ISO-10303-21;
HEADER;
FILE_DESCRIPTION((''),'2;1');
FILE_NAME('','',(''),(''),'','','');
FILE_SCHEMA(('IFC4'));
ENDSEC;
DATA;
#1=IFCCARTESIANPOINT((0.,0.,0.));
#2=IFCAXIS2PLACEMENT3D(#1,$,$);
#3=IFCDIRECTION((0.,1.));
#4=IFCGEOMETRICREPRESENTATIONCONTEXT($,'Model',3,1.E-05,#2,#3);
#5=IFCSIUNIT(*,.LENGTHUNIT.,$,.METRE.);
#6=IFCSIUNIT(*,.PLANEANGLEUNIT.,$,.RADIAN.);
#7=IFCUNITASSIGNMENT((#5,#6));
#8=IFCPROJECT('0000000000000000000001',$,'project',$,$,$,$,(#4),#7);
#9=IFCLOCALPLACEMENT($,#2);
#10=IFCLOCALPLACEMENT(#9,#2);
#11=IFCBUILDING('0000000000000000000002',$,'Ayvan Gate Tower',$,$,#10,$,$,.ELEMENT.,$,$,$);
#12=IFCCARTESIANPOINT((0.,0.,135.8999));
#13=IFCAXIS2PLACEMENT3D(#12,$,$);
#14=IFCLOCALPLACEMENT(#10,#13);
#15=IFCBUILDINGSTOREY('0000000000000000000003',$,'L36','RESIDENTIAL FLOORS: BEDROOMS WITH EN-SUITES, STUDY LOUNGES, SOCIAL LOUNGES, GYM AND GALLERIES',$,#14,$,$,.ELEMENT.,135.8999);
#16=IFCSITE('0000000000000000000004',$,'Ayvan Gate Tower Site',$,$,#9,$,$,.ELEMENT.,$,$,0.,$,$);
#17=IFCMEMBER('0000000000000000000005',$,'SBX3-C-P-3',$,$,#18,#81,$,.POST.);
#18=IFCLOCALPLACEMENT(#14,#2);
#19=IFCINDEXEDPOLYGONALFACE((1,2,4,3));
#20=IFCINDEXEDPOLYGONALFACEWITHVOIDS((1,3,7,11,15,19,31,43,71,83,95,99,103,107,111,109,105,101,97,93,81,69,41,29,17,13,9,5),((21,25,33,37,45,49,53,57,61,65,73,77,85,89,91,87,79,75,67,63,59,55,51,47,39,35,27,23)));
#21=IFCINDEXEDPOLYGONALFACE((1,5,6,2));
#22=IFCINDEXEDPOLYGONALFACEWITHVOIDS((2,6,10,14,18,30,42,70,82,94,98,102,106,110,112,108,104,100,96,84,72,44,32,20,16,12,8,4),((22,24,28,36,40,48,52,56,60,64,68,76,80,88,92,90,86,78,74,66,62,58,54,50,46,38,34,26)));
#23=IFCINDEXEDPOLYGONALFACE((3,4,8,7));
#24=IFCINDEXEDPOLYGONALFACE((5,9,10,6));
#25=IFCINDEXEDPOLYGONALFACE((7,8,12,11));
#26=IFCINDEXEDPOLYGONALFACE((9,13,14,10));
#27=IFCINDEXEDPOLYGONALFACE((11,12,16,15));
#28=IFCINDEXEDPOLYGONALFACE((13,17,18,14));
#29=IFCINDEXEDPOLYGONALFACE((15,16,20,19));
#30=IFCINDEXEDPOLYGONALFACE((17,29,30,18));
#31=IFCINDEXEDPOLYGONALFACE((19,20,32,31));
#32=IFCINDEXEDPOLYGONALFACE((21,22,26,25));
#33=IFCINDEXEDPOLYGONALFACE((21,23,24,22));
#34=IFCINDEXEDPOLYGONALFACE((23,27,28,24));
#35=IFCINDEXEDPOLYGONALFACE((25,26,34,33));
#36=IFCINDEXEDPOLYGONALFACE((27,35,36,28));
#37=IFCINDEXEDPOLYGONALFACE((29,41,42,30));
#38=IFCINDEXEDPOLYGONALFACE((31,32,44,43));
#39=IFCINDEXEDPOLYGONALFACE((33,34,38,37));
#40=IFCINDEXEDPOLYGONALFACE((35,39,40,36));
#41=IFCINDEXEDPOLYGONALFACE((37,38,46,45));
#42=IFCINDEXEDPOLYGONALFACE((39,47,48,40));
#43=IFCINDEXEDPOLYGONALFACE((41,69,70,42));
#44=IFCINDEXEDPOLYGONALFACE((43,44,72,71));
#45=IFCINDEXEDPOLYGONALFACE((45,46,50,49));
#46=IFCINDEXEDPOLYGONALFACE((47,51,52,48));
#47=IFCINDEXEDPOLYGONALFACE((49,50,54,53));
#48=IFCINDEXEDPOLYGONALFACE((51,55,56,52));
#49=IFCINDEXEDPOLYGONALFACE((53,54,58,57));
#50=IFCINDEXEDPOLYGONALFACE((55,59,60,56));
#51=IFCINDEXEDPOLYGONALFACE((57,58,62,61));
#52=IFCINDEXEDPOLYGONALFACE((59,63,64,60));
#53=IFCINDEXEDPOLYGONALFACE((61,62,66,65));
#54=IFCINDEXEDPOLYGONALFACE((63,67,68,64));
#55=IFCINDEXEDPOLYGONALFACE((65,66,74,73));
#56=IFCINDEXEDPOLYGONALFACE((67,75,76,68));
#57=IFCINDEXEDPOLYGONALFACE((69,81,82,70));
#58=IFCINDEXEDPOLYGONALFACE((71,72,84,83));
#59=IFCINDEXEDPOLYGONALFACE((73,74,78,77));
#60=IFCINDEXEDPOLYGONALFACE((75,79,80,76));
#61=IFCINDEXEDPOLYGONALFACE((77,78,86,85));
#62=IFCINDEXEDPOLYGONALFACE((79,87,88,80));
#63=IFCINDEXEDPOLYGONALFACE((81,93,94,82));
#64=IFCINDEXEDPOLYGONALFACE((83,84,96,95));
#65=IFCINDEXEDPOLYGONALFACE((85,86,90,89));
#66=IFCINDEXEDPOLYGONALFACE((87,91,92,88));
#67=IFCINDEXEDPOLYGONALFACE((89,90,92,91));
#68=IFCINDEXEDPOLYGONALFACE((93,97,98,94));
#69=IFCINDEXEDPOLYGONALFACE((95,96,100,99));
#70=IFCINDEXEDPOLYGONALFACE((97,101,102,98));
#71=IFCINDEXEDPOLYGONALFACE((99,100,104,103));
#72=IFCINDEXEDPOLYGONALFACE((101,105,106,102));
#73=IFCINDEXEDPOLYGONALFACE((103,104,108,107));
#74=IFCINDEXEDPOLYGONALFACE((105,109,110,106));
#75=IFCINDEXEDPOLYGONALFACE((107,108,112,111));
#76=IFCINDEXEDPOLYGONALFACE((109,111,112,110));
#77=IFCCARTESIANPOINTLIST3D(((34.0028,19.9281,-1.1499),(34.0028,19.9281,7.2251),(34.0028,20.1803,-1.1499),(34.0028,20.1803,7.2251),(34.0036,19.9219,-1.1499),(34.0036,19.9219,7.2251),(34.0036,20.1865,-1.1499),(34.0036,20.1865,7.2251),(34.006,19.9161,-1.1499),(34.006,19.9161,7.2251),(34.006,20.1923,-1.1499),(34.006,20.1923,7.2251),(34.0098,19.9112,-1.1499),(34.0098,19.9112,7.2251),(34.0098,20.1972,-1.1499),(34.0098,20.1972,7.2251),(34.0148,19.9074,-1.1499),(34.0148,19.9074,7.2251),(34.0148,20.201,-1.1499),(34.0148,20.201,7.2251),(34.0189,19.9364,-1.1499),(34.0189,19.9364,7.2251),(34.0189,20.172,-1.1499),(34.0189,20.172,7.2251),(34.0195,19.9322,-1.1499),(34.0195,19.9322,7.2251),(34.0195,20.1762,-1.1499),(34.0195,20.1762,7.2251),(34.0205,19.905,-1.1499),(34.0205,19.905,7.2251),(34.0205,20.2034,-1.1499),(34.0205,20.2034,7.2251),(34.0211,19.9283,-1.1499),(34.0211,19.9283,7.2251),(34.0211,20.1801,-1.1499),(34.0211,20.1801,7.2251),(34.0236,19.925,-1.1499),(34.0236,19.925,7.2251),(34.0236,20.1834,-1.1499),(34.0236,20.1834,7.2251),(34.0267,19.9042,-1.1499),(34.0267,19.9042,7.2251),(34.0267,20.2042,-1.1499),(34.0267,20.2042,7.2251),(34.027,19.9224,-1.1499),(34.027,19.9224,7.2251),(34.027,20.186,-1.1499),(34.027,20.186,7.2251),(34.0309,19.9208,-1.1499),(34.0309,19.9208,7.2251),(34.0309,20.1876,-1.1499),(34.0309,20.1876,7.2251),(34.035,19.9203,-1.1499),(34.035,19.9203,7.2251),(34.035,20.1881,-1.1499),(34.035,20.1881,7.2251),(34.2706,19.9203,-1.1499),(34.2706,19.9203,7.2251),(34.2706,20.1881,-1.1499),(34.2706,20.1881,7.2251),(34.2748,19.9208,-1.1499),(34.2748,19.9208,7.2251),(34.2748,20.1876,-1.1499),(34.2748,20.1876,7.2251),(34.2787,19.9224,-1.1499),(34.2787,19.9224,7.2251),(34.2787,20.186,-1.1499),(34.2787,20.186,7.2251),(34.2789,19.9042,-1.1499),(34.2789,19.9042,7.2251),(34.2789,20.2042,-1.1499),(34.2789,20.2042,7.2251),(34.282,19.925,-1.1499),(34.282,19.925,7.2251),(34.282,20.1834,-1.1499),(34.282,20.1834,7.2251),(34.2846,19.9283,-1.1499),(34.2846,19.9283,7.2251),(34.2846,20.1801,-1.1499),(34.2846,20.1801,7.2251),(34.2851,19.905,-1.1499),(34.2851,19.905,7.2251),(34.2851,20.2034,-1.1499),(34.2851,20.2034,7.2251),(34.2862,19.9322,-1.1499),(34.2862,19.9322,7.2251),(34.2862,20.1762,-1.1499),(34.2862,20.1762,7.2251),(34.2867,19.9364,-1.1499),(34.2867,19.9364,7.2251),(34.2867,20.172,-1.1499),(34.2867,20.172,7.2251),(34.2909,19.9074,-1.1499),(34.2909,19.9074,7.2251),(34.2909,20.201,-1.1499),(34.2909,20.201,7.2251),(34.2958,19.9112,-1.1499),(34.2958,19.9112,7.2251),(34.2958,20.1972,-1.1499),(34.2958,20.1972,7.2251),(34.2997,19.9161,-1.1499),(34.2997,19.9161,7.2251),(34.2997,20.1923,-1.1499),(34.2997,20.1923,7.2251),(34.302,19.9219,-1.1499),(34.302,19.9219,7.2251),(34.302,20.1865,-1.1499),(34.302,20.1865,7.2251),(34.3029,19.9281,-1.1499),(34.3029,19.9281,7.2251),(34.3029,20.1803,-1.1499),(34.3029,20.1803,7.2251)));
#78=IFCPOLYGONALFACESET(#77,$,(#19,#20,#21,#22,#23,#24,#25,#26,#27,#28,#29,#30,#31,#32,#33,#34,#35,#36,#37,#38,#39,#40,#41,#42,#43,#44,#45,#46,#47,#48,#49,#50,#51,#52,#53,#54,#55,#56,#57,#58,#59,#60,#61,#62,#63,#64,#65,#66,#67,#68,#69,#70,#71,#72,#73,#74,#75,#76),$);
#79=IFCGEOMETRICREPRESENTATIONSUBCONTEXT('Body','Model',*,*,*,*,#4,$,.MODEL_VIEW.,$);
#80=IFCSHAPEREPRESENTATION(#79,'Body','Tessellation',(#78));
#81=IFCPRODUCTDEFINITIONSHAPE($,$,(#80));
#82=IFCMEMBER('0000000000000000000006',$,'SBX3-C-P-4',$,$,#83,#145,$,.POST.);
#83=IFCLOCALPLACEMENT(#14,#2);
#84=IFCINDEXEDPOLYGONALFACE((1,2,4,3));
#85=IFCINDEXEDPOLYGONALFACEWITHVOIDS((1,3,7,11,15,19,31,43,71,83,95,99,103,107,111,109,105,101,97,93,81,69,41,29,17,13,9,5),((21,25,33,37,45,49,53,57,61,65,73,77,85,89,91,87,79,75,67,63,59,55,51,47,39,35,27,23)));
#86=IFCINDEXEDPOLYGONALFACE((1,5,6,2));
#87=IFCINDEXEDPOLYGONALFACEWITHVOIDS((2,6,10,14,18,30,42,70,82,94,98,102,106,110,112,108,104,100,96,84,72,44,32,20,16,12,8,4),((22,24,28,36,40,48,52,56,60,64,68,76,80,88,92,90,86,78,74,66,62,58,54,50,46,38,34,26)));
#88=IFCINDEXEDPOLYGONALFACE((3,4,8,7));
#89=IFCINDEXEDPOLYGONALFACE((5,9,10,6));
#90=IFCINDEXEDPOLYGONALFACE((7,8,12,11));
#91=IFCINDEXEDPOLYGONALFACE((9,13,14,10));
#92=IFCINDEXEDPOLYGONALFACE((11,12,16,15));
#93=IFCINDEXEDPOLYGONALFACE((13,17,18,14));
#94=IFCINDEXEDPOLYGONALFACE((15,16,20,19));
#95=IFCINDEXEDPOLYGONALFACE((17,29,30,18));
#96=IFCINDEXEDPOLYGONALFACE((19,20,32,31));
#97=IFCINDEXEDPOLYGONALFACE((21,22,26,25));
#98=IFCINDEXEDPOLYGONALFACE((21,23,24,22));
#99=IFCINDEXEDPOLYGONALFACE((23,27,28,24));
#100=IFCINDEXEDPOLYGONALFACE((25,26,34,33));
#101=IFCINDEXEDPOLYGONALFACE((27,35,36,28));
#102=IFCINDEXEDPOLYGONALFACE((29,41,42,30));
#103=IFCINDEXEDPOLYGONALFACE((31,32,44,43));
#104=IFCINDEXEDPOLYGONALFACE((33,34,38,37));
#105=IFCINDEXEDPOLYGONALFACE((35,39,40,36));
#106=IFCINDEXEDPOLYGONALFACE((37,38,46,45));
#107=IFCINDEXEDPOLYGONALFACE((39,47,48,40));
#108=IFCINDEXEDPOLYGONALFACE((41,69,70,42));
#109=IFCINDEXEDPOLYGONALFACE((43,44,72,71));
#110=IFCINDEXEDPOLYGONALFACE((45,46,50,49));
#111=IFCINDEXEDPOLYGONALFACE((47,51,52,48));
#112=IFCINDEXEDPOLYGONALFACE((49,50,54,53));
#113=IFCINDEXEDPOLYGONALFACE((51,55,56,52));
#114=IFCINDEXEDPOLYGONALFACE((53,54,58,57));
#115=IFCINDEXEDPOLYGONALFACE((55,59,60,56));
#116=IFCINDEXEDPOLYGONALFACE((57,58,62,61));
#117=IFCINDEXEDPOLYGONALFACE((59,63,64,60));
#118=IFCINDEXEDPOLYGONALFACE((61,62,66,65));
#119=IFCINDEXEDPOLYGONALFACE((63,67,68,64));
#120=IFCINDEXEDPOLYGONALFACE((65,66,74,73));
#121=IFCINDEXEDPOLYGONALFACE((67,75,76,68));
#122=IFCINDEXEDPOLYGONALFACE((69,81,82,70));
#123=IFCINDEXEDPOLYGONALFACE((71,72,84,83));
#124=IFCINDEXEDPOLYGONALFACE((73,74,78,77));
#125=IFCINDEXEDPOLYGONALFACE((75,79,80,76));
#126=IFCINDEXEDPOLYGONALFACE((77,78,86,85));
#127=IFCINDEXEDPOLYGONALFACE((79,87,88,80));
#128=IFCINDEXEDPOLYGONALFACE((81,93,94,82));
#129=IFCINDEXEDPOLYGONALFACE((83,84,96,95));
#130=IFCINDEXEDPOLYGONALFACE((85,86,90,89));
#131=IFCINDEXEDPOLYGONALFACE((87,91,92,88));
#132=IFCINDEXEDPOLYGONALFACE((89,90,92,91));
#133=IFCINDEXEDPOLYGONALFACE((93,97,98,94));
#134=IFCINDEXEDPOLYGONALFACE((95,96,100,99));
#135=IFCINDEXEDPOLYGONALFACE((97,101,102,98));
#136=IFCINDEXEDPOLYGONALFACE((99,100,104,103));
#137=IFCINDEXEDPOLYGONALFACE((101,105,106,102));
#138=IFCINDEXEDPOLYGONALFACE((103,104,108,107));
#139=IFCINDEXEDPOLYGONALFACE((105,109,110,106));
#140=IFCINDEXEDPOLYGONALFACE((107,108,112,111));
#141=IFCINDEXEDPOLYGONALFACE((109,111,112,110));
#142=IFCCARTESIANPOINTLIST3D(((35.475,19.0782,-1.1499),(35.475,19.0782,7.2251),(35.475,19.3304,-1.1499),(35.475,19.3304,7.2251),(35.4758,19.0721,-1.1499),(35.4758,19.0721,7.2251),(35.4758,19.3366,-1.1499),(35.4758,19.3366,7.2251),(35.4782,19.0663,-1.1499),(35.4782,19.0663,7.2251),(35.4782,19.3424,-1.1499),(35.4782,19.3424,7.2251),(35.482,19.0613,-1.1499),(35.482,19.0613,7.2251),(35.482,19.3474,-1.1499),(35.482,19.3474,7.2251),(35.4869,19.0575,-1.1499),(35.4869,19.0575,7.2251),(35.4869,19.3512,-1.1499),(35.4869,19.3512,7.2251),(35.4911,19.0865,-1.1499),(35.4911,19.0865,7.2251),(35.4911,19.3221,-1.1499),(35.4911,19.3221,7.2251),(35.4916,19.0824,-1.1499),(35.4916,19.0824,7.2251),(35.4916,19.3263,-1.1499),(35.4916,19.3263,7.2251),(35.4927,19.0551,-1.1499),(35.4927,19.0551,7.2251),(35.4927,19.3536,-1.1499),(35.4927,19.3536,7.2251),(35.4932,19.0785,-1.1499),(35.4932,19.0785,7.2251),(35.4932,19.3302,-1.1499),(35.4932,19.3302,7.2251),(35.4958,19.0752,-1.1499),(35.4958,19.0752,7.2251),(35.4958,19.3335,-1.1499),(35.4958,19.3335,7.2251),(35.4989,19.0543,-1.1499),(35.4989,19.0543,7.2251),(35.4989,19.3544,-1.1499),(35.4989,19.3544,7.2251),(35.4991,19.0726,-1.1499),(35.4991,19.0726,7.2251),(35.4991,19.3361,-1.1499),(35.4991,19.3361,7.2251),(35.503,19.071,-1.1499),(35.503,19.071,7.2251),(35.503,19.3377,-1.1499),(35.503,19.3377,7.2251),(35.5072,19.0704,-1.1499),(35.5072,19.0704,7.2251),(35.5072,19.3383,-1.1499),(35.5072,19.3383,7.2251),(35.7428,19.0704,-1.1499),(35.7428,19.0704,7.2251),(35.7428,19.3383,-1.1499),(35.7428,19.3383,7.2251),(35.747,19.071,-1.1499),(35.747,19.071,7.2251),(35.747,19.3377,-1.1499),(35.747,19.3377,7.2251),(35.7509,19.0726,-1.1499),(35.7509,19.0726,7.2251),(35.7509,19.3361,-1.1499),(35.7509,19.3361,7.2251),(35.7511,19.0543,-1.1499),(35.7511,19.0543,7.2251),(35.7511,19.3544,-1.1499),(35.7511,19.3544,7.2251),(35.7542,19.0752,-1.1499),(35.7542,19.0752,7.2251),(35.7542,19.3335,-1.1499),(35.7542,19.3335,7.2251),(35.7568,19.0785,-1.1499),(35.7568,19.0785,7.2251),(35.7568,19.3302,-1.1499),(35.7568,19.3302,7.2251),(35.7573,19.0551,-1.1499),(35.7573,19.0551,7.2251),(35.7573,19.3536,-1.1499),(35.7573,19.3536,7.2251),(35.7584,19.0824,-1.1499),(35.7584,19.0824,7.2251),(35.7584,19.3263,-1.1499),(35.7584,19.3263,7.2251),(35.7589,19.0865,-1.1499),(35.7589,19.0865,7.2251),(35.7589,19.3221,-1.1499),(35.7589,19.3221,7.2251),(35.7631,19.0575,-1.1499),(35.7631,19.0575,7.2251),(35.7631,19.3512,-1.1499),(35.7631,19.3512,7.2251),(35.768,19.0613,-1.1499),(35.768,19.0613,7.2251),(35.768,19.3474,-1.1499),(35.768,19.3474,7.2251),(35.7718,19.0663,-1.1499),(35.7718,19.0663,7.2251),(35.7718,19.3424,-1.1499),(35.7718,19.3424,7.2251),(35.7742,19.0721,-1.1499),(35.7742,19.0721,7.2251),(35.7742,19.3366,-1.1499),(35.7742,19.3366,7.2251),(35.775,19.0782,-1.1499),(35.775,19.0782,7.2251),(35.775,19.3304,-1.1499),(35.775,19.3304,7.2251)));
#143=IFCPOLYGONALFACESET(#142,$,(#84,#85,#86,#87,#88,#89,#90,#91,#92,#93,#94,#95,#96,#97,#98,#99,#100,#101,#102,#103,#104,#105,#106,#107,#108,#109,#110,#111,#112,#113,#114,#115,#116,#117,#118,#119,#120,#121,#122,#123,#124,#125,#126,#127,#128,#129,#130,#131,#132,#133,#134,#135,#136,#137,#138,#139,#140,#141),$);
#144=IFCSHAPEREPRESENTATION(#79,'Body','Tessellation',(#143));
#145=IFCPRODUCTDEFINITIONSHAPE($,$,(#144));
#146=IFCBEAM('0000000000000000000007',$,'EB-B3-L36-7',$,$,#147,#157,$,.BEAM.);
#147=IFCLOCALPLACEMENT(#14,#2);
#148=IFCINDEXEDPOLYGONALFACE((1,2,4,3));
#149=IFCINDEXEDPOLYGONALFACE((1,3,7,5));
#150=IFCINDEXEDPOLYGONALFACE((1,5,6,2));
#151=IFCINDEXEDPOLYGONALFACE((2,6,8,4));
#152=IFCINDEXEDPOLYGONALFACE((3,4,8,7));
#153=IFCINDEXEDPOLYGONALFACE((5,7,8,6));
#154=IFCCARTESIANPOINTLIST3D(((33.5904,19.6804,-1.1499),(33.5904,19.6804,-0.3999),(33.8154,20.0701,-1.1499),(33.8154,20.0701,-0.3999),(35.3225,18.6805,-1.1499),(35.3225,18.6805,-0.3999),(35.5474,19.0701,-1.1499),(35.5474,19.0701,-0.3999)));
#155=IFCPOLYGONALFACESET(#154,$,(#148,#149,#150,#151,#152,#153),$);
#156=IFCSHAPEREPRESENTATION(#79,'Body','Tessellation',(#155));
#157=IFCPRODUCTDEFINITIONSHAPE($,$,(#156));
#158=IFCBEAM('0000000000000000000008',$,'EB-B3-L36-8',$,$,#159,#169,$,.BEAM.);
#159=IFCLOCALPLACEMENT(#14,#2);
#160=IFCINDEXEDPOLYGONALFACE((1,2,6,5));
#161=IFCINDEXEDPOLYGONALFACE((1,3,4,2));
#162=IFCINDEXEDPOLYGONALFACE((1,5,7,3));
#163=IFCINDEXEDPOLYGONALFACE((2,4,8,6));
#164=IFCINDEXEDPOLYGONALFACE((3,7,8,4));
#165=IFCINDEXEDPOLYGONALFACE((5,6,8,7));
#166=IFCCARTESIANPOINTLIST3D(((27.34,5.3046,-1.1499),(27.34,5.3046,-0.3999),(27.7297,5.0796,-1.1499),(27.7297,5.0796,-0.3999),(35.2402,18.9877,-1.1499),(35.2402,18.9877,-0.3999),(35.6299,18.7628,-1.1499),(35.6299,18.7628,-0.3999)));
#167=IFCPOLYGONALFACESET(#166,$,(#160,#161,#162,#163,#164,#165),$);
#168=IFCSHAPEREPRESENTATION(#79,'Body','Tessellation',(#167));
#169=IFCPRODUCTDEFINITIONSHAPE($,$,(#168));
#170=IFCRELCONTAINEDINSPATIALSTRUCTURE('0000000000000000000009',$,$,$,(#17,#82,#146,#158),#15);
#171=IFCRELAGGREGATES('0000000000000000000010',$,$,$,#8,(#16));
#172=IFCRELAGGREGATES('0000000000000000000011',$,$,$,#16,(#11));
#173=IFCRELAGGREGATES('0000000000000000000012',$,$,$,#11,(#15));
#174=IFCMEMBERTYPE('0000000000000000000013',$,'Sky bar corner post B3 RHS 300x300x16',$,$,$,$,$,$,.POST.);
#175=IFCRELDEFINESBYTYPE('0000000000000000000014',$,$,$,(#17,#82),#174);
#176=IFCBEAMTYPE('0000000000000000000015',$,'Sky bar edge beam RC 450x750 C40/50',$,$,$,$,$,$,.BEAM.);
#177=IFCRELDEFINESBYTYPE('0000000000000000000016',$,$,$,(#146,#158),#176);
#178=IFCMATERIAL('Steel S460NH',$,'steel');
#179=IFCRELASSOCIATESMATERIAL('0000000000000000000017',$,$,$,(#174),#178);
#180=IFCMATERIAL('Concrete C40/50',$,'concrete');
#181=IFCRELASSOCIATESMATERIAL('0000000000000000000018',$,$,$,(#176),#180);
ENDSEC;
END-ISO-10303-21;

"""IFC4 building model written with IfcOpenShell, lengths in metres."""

from ifc_helpers import new_model, si_unit, direction, frame, origin, origin_2d, place, context, subcontext, project, spatial, rectangle, hollow_rectangle, extrude, material, material_profile, profile_set, type_object, element, save


model = new_model("IFC4")

# Units and contexts
model_context = context("Model", 3, precision=1e-05, world=origin(), true_north=direction((0.0, 1.0)))
body_context = subcontext(model_context, "Body", "Model", "MODEL_VIEW")
ifc_project = project(units=[si_unit("LENGTHUNIT", "METRE"), si_unit("PLANEANGLEUNIT", "RADIAN")], contexts=[model_context])

# Site, building, storey
site_placement = place(None, origin())
site = spatial("IfcSite", under=ifc_project, at=site_placement, Name="Ayvan Gate Tower Site", CompositionType="ELEMENT", RefElevation=0.0)
building_placement = place(site_placement, origin())
building = spatial("IfcBuilding", under=site, at=building_placement, Name="Ayvan Gate Tower", CompositionType="ELEMENT")
storey_placement = place(building_placement, frame((0.0, 0.0, 135.8999)))
storey = spatial("IfcBuildingStorey", under=building, at=storey_placement, Name="L36", Description="RESIDENTIAL FLOORS: BEDROOMS WITH EN-SUITES, STUDY LOUNGES, SOCIAL LOUNGES, GYM AND GALLERIES", CompositionType="ELEMENT", Elevation=135.8999)

# Members
ifc_material_1 = material(Name="Steel S460NH", Category="steel")
ifc_material_profile_1 = material_profile(ifc_material_1, hollow_rectangle(XDim=0.3, YDim=0.3, WallThickness=0.0161, InnerFilletRadius=0.0161, OuterFilletRadius=0.0239, at=origin_2d()), Name="RHS 300x300x16")
ifc_profile_set_1 = profile_set([ifc_material_profile_1], Name="Steel S460NH")
member_type_1 = type_object("IfcMemberType", Name="Sky bar corner post B3 RHS 300x300x16", PredefinedType="POST", material=ifc_profile_set_1)
for number, where, z_axis, x_axis, name in (
    (1, (34.1528, 20.0542, -1.1499), (0.0, 0.0, 1.0), (1.0, 0.0, 0.0), "SBX3-C-P-3"),
    (2, (35.625, 19.2043, -1.1499), (0.0, 0.0, 1.0), (1.0, 0.0, 0.0), "SBX3-C-P-4"),
):
    element("IfcMember", number, at=place(storey_placement, frame(where, z_axis=z_axis, x_axis=x_axis)), inside=storey, type_object=member_type_1, Name=name, PredefinedType="POST", context=body_context, shape_type="SweptSolid", body=[
        extrude(hollow_rectangle(XDim=0.3, YDim=0.3, WallThickness=0.0161, InnerFilletRadius=0.0161, OuterFilletRadius=0.0239, at=origin_2d()), origin(), (0.0, 0.0, 1.0), 8.375),
    ])

# Beams
ifc_material_2 = material(Name="Concrete C40/50", Category="concrete")
ifc_material_profile_2 = material_profile(ifc_material_2, rectangle(XDim=0.45, YDim=0.75, at=origin_2d()), Name="RC 450x750")
ifc_profile_set_2 = profile_set([ifc_material_profile_2], Name="Concrete C40/50")
beam_type = type_object("IfcBeamType", Name="Sky bar edge beam RC 450x750 C40/50", PredefinedType="BEAM", material=ifc_profile_set_2)
beam_1_placement = place(storey_placement, frame((33.7029, 19.8752, -0.7749), z_axis=(0.866041, -0.499973, 0.0), x_axis=(0.499973, 0.866041, 0.0)))
element("IfcBeam", 3, at=beam_1_placement, inside=storey, type_object=beam_type, Name="EB-B3-L36-7", PredefinedType="BEAM", context=body_context, shape_type="SweptSolid", body=[
    extrude(rectangle(XDim=0.45, YDim=0.75, at=origin_2d()), origin(), (0.0, 0.0, 1.0), 2.0),
])
beam_2_placement = place(storey_placement, frame((35.4351, 18.8752, -0.7749), z_axis=(-0.50001, -0.86602, 0.0), x_axis=(0.86602, -0.50001, 0.0)))
element("IfcBeam", 4, at=beam_2_placement, inside=storey, type_object=beam_type, Name="EB-B3-L36-8", PredefinedType="BEAM", context=body_context, shape_type="SweptSolid", body=[
    extrude(rectangle(XDim=0.45, YDim=0.75, at=origin_2d()), origin(), (0.0, 0.0, 1.0), 15.8),
])

save(model, "model.ifc")
